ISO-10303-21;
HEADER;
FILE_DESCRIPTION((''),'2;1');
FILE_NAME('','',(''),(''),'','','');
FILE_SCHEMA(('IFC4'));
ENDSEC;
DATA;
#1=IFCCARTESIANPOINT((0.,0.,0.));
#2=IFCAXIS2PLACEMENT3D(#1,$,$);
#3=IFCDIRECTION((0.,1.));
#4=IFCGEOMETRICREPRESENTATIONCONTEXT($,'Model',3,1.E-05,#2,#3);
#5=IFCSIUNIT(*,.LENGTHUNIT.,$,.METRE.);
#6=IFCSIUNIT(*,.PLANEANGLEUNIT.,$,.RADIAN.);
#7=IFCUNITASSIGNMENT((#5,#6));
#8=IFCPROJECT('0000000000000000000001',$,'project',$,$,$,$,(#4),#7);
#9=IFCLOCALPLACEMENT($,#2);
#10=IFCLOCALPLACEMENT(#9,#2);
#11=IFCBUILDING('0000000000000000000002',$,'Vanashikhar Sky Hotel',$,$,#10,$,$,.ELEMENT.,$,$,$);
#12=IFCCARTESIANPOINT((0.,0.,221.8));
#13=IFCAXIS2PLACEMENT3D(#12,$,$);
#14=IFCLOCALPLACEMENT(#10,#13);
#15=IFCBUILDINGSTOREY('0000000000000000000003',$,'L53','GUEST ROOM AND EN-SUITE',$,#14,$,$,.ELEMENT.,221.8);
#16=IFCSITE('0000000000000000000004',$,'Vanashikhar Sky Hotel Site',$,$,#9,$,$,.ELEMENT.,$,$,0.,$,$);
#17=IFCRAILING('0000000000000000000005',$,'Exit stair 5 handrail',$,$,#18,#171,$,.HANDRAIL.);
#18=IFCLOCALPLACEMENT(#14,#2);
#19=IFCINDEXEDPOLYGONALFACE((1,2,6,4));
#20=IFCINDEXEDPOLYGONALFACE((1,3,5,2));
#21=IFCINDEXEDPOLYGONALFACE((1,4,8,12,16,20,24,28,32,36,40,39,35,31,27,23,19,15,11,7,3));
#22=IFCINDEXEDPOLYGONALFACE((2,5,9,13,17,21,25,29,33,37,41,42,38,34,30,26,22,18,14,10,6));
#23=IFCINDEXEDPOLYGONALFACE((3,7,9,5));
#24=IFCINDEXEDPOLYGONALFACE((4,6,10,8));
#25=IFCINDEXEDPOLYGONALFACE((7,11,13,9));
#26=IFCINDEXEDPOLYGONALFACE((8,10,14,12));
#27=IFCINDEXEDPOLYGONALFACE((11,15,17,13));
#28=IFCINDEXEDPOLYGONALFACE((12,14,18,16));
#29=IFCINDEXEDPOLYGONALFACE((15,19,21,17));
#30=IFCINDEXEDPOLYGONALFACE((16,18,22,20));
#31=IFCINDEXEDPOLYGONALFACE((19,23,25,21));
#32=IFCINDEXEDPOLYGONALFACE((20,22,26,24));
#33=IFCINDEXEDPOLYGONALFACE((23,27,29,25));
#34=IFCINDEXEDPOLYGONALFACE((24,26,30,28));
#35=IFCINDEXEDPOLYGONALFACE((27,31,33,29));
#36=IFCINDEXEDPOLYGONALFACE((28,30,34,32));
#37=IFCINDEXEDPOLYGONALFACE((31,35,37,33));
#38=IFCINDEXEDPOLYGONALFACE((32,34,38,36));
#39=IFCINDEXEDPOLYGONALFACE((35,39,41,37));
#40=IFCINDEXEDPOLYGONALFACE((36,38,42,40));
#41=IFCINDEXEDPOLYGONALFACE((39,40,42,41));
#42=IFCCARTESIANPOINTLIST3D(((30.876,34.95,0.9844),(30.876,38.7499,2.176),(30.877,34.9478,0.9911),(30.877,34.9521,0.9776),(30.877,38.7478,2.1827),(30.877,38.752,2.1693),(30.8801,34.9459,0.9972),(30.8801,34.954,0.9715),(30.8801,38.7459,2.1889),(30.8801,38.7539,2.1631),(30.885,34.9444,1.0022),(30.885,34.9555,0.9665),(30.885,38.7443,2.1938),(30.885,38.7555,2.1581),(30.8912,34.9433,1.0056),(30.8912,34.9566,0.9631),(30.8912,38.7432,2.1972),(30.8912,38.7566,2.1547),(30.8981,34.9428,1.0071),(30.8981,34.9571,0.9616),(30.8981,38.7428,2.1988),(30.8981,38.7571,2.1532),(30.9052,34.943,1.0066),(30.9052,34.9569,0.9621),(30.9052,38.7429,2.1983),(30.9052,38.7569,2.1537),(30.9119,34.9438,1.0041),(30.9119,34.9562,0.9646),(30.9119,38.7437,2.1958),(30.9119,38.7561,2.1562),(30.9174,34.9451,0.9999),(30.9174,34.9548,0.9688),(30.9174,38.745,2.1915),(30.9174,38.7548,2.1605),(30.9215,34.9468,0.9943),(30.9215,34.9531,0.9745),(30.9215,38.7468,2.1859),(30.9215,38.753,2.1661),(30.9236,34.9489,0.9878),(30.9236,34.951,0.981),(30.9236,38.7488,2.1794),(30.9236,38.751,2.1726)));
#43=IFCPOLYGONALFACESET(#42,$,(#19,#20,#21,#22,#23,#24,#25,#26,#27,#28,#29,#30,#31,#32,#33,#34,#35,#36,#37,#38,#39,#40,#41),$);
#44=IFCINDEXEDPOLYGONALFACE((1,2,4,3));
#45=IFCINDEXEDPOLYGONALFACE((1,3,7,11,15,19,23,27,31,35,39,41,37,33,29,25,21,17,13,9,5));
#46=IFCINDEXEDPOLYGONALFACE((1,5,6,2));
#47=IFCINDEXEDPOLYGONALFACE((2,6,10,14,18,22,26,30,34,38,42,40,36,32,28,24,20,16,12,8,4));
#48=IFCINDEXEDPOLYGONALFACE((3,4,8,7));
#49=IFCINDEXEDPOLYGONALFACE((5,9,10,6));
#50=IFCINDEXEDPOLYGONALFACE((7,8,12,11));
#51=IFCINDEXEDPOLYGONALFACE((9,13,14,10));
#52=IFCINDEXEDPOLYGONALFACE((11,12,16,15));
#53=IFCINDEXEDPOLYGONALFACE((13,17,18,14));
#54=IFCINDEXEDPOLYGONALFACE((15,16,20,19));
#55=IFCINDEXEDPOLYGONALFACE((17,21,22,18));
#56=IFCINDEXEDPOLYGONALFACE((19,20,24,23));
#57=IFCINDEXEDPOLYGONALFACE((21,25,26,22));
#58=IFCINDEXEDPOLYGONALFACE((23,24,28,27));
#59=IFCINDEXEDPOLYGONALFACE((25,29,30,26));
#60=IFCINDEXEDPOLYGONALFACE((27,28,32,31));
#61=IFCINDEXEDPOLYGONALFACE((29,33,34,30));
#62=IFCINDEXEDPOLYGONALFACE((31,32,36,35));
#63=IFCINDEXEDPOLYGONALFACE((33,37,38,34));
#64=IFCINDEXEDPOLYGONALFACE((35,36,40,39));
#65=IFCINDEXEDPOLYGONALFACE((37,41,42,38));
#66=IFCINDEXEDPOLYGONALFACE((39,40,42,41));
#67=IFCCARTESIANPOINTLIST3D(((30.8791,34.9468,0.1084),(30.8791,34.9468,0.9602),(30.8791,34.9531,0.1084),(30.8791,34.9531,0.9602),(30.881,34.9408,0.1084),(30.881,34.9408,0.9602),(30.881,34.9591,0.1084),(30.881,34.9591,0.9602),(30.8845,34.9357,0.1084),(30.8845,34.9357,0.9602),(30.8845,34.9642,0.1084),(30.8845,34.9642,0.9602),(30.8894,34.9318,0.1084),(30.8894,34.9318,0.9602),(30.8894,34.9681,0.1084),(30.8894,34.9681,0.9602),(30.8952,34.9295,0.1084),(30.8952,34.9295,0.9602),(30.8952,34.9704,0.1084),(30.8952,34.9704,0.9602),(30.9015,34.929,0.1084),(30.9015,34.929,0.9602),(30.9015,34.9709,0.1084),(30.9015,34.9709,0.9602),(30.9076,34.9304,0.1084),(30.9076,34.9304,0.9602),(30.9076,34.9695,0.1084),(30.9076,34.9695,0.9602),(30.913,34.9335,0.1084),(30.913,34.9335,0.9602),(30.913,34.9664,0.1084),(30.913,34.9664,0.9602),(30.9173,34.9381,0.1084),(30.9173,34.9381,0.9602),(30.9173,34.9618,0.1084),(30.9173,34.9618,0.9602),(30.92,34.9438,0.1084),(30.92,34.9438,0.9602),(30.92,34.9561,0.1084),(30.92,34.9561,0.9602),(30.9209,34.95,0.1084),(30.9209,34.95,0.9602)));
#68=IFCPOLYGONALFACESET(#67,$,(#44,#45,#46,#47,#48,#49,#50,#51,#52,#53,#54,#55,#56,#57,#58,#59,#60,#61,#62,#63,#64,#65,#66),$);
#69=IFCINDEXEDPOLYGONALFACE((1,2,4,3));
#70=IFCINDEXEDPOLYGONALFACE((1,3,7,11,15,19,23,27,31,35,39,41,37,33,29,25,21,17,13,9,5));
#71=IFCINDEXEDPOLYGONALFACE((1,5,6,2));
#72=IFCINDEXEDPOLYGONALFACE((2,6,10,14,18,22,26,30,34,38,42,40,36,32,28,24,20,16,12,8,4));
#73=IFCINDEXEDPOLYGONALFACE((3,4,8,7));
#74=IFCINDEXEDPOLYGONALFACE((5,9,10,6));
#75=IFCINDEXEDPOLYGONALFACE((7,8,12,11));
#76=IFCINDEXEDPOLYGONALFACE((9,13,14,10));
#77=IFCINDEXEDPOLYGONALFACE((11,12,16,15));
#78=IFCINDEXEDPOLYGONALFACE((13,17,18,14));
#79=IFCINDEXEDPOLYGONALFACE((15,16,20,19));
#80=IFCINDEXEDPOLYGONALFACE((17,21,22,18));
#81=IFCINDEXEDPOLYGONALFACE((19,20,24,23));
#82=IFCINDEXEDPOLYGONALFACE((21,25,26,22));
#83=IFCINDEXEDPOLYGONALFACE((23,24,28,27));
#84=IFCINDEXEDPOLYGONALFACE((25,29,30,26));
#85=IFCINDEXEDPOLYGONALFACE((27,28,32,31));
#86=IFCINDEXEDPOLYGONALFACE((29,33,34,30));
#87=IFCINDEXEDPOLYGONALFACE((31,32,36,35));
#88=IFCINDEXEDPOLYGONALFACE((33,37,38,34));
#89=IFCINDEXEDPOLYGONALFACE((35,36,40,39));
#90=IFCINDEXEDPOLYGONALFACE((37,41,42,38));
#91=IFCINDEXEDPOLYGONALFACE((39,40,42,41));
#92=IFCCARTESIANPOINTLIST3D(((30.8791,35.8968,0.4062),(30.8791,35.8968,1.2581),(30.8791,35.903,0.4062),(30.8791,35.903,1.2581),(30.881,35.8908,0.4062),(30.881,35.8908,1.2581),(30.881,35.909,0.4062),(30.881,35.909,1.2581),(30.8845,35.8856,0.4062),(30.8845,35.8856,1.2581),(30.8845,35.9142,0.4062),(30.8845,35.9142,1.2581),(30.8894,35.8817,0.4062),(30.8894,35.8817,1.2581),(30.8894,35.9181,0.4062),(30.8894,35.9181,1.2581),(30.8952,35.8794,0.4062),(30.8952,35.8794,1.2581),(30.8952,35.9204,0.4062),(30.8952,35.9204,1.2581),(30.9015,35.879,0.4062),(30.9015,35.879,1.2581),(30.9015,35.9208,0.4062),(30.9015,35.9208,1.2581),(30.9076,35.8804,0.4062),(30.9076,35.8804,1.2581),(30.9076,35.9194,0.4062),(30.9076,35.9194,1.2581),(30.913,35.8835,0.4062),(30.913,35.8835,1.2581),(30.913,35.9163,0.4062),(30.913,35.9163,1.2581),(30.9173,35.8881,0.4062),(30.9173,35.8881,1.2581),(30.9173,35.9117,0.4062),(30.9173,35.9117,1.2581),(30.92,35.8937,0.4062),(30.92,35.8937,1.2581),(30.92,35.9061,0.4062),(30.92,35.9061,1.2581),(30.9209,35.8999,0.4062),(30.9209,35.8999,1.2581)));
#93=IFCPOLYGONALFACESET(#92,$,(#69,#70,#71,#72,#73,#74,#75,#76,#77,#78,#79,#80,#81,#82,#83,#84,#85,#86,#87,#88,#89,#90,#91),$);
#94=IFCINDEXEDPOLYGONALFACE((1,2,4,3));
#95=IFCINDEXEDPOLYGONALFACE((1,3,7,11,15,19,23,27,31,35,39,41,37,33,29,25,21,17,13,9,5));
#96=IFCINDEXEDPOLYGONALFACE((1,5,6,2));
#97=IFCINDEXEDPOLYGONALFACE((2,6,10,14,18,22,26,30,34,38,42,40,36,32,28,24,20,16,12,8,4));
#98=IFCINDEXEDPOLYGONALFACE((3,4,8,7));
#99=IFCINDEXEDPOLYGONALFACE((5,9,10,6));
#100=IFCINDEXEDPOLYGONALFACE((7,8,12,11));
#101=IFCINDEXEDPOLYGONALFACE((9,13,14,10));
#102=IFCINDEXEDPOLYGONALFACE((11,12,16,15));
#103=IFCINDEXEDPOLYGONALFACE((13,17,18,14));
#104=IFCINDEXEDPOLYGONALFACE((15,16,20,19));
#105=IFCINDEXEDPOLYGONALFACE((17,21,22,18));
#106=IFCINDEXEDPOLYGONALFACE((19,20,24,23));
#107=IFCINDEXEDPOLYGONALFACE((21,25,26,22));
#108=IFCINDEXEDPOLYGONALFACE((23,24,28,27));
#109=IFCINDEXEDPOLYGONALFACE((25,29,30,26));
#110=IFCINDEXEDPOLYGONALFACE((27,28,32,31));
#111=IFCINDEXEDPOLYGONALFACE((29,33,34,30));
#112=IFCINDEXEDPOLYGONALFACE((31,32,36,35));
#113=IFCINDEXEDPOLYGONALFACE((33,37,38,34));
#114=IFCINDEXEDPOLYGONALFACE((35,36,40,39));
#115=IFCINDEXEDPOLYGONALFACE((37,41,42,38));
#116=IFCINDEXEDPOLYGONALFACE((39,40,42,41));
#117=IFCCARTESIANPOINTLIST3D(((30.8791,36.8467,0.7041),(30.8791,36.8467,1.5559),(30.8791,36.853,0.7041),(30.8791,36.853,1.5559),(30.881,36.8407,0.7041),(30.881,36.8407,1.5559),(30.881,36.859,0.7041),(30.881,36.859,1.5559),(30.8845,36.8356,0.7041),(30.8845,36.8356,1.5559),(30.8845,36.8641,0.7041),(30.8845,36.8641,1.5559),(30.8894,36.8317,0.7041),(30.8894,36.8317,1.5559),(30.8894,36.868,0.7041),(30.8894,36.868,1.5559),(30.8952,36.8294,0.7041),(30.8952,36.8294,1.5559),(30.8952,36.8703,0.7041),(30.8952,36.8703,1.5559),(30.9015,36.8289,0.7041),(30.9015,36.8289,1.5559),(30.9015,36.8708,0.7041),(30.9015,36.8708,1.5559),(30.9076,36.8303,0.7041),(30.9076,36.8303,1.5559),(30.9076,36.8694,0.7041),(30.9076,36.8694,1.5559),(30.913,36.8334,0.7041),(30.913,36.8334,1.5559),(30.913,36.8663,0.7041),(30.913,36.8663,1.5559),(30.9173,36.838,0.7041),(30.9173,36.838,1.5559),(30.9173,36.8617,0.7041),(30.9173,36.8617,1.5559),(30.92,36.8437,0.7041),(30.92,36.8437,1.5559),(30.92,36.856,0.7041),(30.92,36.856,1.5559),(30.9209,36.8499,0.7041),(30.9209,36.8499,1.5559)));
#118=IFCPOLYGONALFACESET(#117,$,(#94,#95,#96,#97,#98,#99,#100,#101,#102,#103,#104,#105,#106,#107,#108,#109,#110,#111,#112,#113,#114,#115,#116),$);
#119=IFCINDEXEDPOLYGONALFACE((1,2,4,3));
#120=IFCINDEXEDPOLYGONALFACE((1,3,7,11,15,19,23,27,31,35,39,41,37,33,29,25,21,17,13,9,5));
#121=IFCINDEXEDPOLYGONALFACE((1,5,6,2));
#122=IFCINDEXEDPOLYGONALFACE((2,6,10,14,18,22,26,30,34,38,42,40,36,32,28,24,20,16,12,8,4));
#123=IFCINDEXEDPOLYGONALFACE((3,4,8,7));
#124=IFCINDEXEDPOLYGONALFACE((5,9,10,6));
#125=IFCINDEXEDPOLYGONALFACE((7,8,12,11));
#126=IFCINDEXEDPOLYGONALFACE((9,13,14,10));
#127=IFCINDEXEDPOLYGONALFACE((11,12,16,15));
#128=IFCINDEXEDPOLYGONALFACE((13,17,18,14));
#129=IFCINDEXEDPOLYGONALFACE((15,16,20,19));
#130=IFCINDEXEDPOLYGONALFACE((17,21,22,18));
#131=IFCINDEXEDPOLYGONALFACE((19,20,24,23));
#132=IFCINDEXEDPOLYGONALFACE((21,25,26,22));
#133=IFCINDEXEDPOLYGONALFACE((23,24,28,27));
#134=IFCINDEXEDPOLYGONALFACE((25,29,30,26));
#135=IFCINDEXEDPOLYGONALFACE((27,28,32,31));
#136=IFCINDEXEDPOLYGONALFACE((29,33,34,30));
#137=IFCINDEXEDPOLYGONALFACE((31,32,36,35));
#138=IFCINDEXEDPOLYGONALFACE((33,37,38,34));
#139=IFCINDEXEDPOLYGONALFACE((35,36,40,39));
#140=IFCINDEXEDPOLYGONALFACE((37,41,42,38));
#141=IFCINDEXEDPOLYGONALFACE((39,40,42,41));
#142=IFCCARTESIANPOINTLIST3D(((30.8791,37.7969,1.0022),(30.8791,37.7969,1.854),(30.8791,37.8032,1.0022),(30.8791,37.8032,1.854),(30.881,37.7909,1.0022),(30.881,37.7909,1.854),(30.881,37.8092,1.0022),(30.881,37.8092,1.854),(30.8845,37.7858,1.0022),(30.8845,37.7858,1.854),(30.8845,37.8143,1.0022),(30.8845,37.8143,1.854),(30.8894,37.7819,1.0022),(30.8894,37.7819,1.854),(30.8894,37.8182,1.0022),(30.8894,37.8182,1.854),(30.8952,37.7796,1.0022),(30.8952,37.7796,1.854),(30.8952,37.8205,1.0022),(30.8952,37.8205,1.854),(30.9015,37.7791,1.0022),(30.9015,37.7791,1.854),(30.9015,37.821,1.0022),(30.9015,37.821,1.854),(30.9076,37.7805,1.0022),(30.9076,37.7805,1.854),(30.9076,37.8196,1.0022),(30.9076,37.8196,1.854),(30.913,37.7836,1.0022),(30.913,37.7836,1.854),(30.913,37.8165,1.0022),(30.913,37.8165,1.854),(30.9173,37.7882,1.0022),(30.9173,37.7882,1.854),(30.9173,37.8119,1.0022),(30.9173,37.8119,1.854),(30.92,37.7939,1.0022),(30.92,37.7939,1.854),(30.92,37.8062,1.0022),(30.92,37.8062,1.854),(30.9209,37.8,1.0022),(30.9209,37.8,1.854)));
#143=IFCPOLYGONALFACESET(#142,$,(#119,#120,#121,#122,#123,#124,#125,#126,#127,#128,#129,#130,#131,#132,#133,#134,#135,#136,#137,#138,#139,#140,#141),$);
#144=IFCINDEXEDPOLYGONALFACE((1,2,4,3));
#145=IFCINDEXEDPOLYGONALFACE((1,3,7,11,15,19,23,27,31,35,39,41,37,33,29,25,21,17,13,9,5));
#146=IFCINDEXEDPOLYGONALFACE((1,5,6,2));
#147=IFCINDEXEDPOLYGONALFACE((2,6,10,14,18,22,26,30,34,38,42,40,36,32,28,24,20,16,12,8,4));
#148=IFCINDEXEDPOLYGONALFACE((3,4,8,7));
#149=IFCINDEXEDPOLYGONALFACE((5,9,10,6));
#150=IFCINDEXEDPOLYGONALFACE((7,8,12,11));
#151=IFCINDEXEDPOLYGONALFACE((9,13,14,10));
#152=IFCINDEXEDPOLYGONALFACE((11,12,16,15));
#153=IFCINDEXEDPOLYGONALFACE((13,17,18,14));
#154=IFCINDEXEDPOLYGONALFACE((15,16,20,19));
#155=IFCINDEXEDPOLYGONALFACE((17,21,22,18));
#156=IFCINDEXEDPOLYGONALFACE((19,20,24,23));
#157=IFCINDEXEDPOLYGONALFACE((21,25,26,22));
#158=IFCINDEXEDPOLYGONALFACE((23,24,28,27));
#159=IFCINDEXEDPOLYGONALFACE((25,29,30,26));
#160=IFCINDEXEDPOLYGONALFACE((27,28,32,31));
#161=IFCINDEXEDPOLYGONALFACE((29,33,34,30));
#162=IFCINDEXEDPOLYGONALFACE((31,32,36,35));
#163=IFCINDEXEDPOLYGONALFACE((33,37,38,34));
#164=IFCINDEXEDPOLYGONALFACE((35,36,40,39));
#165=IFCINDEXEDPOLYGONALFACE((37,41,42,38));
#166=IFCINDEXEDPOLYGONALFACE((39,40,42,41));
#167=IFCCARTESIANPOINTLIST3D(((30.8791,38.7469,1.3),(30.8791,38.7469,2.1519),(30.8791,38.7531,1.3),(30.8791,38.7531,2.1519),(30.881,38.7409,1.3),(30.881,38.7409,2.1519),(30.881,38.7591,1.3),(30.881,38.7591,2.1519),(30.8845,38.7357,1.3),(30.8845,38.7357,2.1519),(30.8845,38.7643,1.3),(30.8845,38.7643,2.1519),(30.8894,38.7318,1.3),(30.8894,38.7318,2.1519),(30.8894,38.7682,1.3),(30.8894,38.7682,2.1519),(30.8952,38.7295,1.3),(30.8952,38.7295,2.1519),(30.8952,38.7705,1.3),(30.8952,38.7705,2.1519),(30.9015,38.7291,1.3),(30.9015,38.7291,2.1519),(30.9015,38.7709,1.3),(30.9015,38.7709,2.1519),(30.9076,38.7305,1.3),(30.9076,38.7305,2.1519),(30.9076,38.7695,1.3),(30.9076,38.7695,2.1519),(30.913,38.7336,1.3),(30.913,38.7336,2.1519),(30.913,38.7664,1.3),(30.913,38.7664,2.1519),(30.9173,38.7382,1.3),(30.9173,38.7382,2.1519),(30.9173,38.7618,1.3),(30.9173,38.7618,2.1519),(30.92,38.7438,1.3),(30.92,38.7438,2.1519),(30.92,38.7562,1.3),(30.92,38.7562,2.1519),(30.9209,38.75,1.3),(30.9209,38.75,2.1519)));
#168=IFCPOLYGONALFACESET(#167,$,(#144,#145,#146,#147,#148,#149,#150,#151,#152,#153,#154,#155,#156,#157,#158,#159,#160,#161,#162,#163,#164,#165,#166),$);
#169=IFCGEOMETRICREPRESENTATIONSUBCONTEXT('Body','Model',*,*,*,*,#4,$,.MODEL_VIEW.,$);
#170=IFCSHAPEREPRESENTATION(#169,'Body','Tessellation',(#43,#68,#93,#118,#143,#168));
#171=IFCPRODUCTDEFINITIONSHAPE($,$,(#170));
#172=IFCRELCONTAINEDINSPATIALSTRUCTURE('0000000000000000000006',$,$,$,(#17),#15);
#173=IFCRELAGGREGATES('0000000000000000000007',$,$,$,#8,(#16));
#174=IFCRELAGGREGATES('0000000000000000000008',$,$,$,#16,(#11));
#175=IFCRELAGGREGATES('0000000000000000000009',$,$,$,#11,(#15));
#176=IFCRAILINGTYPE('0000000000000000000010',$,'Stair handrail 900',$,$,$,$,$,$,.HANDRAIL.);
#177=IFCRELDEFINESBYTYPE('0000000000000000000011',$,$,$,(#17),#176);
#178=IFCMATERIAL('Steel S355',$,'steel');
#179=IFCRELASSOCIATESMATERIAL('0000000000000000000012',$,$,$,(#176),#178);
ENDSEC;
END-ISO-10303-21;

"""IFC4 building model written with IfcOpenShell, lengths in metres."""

from ifc_helpers import new_model, si_unit, direction, frame, origin, origin_2d, place, context, subcontext, project, spatial, circle, extrude, source, transform, mapped, material, type_object, element, save


model = new_model("IFC4")

# Units and contexts
model_context = context("Model", 3, precision=1e-05, world=origin(), true_north=direction((0.0, 1.0)))
body_context = subcontext(model_context, "Body", "Model", "MODEL_VIEW")
ifc_project = project(units=[si_unit("LENGTHUNIT", "METRE"), si_unit("PLANEANGLEUNIT", "RADIAN")], contexts=[model_context])

# Site, building, storey
site_placement = place(None, origin())
site = spatial("IfcSite", under=ifc_project, at=site_placement, Name="Vanashikhar Sky Hotel Site", CompositionType="ELEMENT", RefElevation=0.0)
building_placement = place(site_placement, origin())
building = spatial("IfcBuilding", under=site, at=building_placement, Name="Vanashikhar Sky Hotel", CompositionType="ELEMENT")
storey_placement = place(building_placement, frame((0.0, 0.0, 221.8)))
storey = spatial("IfcBuildingStorey", under=building, at=storey_placement, Name="L53", Description="GUEST ROOM AND EN-SUITE", CompositionType="ELEMENT", Elevation=221.8)

# Railing
ifc_material_1 = material(Name="Steel S355", Category="steel")
railing_type_1 = type_object("IfcRailingType", Name="Stair handrail 900", PredefinedType="HANDRAIL", material=ifc_material_1)
shared_shape_1 = source(origin(), body_context, "Body", "SweptSolid", [
    extrude(circle(Radius=0.0239, at=origin_2d()), frame((0.0, 0.0, 0.876), z_axis=(0.0, 0.954184, 0.299221), x_axis=(-1.0, 0.0, 0.0)), (0.0, 0.0, 1.0), 3.9824),
    extrude(circle(Radius=0.021, at=origin_2d()), origin(), (0.0, 0.0, 1.0), 0.8518),
    extrude(circle(Radius=0.021, at=origin_2d()), frame((0.0, 0.95, 0.2979)), (0.0, 0.0, 1.0), 0.8518),
    extrude(circle(Radius=0.021, at=origin_2d()), frame((0.0, 1.8999, 0.5957)), (0.0, 0.0, 1.0), 0.8518),
    extrude(circle(Radius=0.021, at=origin_2d()), frame((0.0, 2.8501, 0.8938)), (0.0, 0.0, 1.0), 0.8518),
    extrude(circle(Radius=0.021, at=origin_2d()), frame((0.0, 3.8, 1.1917)), (0.0, 0.0, 1.0), 0.8518),
])
for number, where, name in (
    (1, (30.8999, 34.95, 0.1084), "Exit stair 5 handrail"),
):
    element("IfcRailing", number, at=place(storey_placement, frame(where)), inside=storey, type_object=railing_type_1, Name=name, PredefinedType="HANDRAIL", context=body_context, shape_type="MappedRepresentation", body=[
        mapped(shared_shape_1, transform((0.0, 0.0, 0.0), scale=1.0)),
    ])

save(model, "model.ifc")
